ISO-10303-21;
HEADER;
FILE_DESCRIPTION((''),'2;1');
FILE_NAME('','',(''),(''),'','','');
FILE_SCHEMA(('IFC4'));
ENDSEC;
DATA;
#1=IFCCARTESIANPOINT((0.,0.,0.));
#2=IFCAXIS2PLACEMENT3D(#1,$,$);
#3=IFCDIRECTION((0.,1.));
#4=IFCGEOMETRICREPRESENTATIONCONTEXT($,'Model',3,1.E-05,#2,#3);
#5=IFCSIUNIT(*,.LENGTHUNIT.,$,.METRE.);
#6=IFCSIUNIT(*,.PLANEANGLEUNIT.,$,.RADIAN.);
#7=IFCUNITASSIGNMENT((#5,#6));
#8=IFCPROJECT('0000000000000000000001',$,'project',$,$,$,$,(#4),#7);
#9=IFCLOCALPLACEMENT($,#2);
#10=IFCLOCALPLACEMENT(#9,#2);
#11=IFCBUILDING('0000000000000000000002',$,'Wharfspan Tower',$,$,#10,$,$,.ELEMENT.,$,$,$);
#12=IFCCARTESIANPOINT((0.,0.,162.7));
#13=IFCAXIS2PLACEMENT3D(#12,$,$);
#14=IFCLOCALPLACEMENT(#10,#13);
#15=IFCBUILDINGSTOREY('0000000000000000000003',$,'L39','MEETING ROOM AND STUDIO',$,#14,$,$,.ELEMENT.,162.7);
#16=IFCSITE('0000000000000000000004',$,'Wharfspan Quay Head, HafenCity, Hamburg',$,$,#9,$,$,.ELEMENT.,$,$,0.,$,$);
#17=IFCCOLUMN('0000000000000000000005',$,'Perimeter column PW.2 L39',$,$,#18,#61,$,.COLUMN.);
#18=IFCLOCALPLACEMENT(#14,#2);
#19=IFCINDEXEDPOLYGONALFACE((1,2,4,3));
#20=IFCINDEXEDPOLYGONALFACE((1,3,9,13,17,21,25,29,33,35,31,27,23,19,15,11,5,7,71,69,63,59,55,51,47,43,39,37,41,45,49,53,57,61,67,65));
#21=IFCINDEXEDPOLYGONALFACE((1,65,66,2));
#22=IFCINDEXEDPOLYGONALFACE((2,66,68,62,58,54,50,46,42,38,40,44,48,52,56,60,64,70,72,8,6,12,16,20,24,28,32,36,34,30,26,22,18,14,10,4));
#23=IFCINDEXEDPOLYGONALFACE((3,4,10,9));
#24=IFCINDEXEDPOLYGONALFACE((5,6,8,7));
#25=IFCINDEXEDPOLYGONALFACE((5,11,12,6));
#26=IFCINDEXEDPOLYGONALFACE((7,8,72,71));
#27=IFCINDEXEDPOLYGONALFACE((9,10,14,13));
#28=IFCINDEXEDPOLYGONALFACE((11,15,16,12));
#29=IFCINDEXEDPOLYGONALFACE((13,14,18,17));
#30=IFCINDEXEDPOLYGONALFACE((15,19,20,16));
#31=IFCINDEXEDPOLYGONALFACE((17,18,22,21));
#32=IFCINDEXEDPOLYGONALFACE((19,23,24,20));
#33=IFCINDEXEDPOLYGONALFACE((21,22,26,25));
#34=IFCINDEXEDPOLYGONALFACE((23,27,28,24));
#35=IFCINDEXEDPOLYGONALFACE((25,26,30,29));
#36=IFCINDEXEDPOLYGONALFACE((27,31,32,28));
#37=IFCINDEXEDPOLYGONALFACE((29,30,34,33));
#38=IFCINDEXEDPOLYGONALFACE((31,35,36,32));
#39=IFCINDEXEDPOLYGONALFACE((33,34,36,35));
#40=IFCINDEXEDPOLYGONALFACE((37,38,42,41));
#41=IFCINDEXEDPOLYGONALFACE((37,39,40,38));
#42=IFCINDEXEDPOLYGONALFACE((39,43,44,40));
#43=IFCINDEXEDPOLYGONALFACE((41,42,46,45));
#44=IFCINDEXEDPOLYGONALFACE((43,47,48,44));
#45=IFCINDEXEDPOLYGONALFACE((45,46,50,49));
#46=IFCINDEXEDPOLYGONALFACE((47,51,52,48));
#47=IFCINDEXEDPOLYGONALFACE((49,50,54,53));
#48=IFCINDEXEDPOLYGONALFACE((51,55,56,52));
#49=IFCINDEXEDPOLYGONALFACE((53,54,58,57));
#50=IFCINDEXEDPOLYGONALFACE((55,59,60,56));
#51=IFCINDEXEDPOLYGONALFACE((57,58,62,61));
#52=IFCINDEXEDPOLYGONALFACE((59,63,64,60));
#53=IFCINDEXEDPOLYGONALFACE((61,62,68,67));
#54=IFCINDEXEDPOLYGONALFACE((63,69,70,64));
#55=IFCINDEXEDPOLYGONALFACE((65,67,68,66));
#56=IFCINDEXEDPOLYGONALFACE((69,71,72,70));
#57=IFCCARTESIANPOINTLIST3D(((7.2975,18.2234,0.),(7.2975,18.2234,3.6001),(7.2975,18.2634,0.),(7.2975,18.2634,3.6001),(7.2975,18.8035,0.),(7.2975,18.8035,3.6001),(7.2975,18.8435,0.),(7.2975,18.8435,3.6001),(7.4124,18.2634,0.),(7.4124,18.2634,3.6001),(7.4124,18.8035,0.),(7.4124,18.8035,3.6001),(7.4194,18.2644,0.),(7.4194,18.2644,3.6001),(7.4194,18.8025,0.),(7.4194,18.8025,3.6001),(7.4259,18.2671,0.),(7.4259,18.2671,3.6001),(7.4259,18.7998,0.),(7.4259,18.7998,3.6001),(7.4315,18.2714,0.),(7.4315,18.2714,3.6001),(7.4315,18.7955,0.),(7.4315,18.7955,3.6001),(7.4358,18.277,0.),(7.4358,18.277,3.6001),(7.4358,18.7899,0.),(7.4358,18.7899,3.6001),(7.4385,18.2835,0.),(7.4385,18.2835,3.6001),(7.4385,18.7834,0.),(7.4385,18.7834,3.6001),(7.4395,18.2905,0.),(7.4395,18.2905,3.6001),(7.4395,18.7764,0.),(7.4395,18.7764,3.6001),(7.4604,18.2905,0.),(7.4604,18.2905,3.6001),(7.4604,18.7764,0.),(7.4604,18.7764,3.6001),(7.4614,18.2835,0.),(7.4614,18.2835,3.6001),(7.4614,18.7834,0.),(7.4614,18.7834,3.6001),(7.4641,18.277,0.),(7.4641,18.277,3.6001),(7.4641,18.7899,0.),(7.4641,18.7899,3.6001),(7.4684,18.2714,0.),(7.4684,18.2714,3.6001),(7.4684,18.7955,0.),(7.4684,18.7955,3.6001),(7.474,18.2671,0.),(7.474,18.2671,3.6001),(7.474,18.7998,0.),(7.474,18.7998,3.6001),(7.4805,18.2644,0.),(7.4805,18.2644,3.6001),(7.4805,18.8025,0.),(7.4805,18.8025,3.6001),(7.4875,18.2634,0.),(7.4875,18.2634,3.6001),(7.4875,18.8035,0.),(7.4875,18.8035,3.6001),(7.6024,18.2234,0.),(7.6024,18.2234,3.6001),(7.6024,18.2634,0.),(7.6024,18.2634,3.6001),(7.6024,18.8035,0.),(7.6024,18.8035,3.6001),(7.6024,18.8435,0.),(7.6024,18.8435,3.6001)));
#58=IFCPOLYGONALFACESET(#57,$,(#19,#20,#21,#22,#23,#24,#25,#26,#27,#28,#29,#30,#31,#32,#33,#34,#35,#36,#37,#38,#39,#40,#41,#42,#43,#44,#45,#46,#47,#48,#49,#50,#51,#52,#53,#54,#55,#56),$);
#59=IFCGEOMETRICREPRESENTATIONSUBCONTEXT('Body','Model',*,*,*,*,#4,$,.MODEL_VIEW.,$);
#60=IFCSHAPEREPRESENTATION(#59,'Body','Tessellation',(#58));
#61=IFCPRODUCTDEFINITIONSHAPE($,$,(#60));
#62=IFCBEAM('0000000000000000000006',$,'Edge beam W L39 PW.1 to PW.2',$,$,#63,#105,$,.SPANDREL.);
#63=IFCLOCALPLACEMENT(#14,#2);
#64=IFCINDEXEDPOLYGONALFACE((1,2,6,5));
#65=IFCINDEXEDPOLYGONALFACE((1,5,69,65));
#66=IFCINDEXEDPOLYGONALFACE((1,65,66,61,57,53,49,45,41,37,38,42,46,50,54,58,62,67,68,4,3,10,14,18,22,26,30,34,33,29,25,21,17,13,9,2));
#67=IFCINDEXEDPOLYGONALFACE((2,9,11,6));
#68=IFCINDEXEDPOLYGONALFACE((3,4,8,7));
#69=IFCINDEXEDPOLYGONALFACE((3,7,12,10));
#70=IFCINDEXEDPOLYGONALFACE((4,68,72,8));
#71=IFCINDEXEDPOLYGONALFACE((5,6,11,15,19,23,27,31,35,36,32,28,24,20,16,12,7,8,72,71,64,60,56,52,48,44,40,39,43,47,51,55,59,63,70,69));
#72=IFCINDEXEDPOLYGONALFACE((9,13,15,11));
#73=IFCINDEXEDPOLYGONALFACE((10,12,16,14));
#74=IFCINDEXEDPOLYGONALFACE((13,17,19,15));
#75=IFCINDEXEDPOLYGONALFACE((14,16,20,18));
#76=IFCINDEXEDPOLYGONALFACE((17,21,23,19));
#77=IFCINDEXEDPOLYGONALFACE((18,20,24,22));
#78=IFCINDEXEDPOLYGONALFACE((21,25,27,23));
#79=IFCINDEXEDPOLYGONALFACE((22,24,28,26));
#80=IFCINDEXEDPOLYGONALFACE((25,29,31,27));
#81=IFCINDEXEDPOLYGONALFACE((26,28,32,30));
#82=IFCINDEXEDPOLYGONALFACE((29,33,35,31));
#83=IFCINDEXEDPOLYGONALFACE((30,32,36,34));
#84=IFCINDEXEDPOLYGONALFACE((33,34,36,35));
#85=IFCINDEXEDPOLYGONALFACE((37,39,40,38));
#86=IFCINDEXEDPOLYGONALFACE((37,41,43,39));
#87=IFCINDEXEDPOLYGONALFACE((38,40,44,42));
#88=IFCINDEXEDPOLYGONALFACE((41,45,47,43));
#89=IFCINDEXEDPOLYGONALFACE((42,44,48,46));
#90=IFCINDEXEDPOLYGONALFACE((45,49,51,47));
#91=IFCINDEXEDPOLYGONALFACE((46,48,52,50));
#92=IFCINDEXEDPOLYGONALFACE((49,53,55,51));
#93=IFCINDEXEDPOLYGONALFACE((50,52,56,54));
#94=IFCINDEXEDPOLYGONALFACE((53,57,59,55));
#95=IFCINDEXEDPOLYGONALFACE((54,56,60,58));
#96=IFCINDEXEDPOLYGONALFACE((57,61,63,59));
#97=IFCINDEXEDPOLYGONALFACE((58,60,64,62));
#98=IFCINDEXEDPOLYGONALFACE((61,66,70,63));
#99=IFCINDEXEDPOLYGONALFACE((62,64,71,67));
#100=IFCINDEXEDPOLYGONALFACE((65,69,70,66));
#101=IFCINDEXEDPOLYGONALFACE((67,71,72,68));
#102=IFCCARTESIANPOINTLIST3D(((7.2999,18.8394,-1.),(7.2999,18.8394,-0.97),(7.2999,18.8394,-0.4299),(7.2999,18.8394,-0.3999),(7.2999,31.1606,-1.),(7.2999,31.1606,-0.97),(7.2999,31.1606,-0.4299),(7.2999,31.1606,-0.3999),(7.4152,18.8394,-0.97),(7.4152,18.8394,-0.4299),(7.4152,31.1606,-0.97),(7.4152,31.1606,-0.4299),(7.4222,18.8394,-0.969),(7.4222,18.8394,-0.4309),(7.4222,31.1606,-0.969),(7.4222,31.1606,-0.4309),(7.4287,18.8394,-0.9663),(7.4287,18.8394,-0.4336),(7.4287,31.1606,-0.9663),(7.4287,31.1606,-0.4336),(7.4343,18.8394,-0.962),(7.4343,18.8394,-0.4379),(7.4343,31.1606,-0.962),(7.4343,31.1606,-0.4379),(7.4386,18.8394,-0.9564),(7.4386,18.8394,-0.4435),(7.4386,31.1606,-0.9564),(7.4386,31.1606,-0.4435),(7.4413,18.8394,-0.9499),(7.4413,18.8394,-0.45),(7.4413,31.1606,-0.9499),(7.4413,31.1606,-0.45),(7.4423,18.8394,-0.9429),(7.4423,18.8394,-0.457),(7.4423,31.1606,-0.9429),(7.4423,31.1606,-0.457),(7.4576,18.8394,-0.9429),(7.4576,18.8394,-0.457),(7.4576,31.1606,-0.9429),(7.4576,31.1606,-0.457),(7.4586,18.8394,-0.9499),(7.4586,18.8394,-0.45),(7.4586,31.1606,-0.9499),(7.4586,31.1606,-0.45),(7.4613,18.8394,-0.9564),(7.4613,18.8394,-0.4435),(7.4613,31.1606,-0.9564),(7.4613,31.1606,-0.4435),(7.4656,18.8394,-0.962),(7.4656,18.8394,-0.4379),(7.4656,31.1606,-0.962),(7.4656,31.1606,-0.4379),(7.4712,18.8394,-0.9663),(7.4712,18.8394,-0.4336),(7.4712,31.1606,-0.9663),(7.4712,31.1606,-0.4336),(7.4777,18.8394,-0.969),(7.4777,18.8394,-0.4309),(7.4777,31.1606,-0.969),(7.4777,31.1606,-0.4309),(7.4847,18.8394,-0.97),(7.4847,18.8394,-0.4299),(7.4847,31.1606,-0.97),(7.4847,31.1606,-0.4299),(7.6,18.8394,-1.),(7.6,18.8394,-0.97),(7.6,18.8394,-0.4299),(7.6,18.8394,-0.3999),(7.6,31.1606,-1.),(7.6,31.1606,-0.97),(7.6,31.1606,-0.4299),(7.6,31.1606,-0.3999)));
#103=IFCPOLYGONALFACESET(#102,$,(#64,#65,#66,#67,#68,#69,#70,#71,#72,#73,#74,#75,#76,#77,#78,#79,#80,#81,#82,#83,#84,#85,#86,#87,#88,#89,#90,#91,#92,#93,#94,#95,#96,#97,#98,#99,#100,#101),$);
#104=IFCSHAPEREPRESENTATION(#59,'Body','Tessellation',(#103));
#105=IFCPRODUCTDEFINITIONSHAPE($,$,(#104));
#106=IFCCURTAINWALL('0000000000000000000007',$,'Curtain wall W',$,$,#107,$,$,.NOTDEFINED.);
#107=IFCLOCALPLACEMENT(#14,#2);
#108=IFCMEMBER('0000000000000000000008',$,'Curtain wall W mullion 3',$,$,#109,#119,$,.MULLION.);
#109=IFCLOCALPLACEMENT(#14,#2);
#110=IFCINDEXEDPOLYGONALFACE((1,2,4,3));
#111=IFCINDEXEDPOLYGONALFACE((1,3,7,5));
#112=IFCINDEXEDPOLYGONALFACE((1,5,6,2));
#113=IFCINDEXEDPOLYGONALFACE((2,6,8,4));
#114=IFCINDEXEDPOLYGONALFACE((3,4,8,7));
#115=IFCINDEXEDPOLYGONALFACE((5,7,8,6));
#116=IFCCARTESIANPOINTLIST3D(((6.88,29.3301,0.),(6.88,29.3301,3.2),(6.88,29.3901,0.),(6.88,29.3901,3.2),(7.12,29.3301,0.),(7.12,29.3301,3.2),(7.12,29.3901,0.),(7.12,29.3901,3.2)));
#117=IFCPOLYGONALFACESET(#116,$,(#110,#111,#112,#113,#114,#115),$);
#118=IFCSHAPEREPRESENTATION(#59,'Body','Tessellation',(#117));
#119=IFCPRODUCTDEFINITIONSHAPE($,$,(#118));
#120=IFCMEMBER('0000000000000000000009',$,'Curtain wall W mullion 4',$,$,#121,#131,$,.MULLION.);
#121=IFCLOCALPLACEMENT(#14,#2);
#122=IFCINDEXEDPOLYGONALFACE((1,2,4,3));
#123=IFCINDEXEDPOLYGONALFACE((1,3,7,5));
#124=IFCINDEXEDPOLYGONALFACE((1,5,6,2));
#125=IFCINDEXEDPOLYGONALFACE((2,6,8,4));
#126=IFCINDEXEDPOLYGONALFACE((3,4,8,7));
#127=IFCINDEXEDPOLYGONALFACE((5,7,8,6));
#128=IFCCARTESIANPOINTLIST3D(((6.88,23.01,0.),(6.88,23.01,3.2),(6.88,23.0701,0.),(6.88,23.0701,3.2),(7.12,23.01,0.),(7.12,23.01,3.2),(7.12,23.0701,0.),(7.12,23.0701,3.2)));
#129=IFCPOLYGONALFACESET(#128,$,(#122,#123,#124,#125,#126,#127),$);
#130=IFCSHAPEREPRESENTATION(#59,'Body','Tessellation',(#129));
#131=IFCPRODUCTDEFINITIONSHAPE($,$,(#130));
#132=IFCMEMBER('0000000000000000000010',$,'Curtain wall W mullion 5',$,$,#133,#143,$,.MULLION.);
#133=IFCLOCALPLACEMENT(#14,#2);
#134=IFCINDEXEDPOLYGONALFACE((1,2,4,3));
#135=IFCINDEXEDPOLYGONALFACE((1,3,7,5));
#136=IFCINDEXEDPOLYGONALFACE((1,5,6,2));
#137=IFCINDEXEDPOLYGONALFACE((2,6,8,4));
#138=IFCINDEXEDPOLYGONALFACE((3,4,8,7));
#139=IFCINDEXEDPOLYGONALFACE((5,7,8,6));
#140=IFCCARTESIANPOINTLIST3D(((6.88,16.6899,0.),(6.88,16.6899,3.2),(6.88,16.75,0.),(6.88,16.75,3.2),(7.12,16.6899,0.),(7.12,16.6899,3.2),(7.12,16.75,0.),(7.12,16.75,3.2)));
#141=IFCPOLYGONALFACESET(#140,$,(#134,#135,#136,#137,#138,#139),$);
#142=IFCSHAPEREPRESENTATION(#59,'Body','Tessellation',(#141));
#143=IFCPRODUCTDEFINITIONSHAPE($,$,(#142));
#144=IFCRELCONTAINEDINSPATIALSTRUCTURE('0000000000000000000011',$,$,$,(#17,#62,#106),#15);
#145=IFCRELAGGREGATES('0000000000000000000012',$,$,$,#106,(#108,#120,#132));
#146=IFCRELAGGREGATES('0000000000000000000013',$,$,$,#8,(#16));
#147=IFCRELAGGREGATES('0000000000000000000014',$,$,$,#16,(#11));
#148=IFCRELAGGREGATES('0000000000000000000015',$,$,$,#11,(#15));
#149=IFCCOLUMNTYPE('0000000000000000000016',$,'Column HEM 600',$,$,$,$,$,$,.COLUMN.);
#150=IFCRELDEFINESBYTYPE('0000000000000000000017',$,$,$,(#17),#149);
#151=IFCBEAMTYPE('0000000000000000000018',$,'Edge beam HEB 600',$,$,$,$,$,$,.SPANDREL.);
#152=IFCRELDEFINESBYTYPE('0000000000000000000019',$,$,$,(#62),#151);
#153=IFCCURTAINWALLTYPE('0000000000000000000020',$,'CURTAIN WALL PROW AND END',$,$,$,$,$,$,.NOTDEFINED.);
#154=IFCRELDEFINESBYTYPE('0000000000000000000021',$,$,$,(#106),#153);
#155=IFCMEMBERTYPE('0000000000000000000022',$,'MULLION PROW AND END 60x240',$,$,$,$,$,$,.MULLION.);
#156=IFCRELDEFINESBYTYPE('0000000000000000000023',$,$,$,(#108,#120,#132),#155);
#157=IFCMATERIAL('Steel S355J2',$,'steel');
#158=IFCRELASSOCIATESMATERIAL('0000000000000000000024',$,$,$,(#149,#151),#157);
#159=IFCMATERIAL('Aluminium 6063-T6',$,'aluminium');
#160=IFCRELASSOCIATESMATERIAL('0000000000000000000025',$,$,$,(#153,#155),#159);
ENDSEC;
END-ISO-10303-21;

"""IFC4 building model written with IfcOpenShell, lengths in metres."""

from ifc_helpers import new_model, si_unit, direction, frame, origin, origin_2d, place, context, subcontext, project, spatial, rectangle, i_section, extrude, material, material_profile, profile_set, type_object, element, aggregate, save


model = new_model("IFC4")

# Units and contexts
model_context = context("Model", 3, precision=1e-05, world=origin(), true_north=direction((0.0, 1.0)))
body_context = subcontext(model_context, "Body", "Model", "MODEL_VIEW")
ifc_project = project(units=[si_unit("LENGTHUNIT", "METRE"), si_unit("PLANEANGLEUNIT", "RADIAN")], contexts=[model_context])

# Site, building, storey
site_placement = place(None, origin())
site = spatial("IfcSite", under=ifc_project, at=site_placement, Name="Wharfspan Quay Head, HafenCity, Hamburg", CompositionType="ELEMENT", RefElevation=0.0)
building_placement = place(site_placement, origin())
building = spatial("IfcBuilding", under=site, at=building_placement, Name="Wharfspan Tower", CompositionType="ELEMENT")
storey_placement = place(building_placement, frame((0.0, 0.0, 162.7)))
storey = spatial("IfcBuildingStorey", under=building, at=storey_placement, Name="L39", Description="MEETING ROOM AND STUDIO", CompositionType="ELEMENT", Elevation=162.7)

# Column
ifc_material_1 = material(Name="Steel S355J2", Category="steel")
ifc_material_profile_1 = material_profile(ifc_material_1, i_section(OverallWidth=0.3049, OverallDepth=0.6201, WebThickness=0.021, FlangeThickness=0.04, FilletRadius=0.0271, at=origin_2d()))
ifc_profile_set_1 = profile_set([ifc_material_profile_1], Name="Steel S355J2")
column_type = type_object("IfcColumnType", Name="Column HEM 600", PredefinedType="COLUMN", material=ifc_profile_set_1)
column_placement = place(storey_placement, frame((7.45, 18.5334, 0.0), z_axis=(0.0, 0.0, 1.0), x_axis=(-1.0, 0.0, 0.0)))
element("IfcColumn", 1, at=column_placement, inside=storey, type_object=column_type, Name="Perimeter column PW.2 L39", PredefinedType="COLUMN", context=body_context, shape_type="SweptSolid", body=[
    extrude(i_section(OverallWidth=0.3049, OverallDepth=0.6201, WebThickness=0.021, FlangeThickness=0.04, FilletRadius=0.0271, at=origin_2d()), origin(), (0.0, 0.0, 1.0), 3.6001),
])

# Beam
ifc_material_profile_2 = material_profile(ifc_material_1, i_section(OverallWidth=0.3, OverallDepth=0.6001, WebThickness=0.0154, FlangeThickness=0.03, FilletRadius=0.0271, at=origin_2d()))
ifc_profile_set_2 = profile_set([ifc_material_profile_2], Name="Steel S355J2")
beam_type = type_object("IfcBeamType", Name="Edge beam HEB 600", PredefinedType="SPANDREL", material=ifc_profile_set_2)
beam_placement = place(storey_placement, frame((7.45, 31.1606, -0.7), z_axis=(0.0, -1.0, 0.0), x_axis=(1.0, 0.0, 0.0)))
element("IfcBeam", 2, at=beam_placement, inside=storey, type_object=beam_type, Name="Edge beam W L39 PW.1 to PW.2", PredefinedType="SPANDREL", context=body_context, shape_type="SweptSolid", body=[
    extrude(i_section(OverallWidth=0.3, OverallDepth=0.6001, WebThickness=0.0154, FlangeThickness=0.03, FilletRadius=0.0271, at=origin_2d()), origin(), (0.0, 0.0, 1.0), 12.3213),
])

# Curtain wall, members
ifc_material_2 = material(Name="Aluminium 6063-T6", Category="aluminium")
curtain_wall_type = type_object("IfcCurtainWallType", Name="CURTAIN WALL PROW AND END", PredefinedType="NOTDEFINED", material=ifc_material_2)
curtain_wall_placement = place(storey_placement, origin())
curtain_wall = element("IfcCurtainWall", 3, at=curtain_wall_placement, inside=storey, type_object=curtain_wall_type, Name="Curtain wall W", PredefinedType="NOTDEFINED")
ifc_material_profile_3 = material_profile(ifc_material_2, rectangle(XDim=0.24, YDim=0.0601, at=origin_2d()))
ifc_profile_set_3 = profile_set([ifc_material_profile_3], Name="Aluminium 6063-T6")
member_type_1 = type_object("IfcMemberType", Name="MULLION PROW AND END 60x240", PredefinedType="MULLION", material=ifc_profile_set_3)
member_1_placement = place(storey_placement, frame((7.0, 29.3601, 0.0), z_axis=(0.0, 0.0, 1.0), x_axis=(1.0, 0.0, 0.0)))
member_1 = element("IfcMember", 4, at=member_1_placement, type_object=member_type_1, Name="Curtain wall W mullion 3", PredefinedType="MULLION", context=body_context, shape_type="SweptSolid", body=[
    extrude(rectangle(XDim=0.24, YDim=0.0601, at=origin_2d()), origin(), (0.0, 0.0, 1.0), 3.2),
])
member_2_placement = place(storey_placement, frame((7.0, 23.04, 0.0), z_axis=(0.0, 0.0, 1.0), x_axis=(1.0, 0.0, 0.0)))
member_2 = element("IfcMember", 5, at=member_2_placement, type_object=member_type_1, Name="Curtain wall W mullion 4", PredefinedType="MULLION", context=body_context, shape_type="SweptSolid", body=[
    extrude(rectangle(XDim=0.24, YDim=0.0601, at=origin_2d()), origin(), (0.0, 0.0, 1.0), 3.2),
])
member_3_placement = place(storey_placement, frame((7.0, 16.72, 0.0), z_axis=(0.0, 0.0, 1.0), x_axis=(1.0, 0.0, 0.0)))
member_3 = element("IfcMember", 6, at=member_3_placement, type_object=member_type_1, Name="Curtain wall W mullion 5", PredefinedType="MULLION", context=body_context, shape_type="SweptSolid", body=[
    extrude(rectangle(XDim=0.24, YDim=0.0601, at=origin_2d()), origin(), (0.0, 0.0, 1.0), 3.2),
])

aggregate(curtain_wall, [member_1, member_2, member_3])

save(model, "model.ifc")
